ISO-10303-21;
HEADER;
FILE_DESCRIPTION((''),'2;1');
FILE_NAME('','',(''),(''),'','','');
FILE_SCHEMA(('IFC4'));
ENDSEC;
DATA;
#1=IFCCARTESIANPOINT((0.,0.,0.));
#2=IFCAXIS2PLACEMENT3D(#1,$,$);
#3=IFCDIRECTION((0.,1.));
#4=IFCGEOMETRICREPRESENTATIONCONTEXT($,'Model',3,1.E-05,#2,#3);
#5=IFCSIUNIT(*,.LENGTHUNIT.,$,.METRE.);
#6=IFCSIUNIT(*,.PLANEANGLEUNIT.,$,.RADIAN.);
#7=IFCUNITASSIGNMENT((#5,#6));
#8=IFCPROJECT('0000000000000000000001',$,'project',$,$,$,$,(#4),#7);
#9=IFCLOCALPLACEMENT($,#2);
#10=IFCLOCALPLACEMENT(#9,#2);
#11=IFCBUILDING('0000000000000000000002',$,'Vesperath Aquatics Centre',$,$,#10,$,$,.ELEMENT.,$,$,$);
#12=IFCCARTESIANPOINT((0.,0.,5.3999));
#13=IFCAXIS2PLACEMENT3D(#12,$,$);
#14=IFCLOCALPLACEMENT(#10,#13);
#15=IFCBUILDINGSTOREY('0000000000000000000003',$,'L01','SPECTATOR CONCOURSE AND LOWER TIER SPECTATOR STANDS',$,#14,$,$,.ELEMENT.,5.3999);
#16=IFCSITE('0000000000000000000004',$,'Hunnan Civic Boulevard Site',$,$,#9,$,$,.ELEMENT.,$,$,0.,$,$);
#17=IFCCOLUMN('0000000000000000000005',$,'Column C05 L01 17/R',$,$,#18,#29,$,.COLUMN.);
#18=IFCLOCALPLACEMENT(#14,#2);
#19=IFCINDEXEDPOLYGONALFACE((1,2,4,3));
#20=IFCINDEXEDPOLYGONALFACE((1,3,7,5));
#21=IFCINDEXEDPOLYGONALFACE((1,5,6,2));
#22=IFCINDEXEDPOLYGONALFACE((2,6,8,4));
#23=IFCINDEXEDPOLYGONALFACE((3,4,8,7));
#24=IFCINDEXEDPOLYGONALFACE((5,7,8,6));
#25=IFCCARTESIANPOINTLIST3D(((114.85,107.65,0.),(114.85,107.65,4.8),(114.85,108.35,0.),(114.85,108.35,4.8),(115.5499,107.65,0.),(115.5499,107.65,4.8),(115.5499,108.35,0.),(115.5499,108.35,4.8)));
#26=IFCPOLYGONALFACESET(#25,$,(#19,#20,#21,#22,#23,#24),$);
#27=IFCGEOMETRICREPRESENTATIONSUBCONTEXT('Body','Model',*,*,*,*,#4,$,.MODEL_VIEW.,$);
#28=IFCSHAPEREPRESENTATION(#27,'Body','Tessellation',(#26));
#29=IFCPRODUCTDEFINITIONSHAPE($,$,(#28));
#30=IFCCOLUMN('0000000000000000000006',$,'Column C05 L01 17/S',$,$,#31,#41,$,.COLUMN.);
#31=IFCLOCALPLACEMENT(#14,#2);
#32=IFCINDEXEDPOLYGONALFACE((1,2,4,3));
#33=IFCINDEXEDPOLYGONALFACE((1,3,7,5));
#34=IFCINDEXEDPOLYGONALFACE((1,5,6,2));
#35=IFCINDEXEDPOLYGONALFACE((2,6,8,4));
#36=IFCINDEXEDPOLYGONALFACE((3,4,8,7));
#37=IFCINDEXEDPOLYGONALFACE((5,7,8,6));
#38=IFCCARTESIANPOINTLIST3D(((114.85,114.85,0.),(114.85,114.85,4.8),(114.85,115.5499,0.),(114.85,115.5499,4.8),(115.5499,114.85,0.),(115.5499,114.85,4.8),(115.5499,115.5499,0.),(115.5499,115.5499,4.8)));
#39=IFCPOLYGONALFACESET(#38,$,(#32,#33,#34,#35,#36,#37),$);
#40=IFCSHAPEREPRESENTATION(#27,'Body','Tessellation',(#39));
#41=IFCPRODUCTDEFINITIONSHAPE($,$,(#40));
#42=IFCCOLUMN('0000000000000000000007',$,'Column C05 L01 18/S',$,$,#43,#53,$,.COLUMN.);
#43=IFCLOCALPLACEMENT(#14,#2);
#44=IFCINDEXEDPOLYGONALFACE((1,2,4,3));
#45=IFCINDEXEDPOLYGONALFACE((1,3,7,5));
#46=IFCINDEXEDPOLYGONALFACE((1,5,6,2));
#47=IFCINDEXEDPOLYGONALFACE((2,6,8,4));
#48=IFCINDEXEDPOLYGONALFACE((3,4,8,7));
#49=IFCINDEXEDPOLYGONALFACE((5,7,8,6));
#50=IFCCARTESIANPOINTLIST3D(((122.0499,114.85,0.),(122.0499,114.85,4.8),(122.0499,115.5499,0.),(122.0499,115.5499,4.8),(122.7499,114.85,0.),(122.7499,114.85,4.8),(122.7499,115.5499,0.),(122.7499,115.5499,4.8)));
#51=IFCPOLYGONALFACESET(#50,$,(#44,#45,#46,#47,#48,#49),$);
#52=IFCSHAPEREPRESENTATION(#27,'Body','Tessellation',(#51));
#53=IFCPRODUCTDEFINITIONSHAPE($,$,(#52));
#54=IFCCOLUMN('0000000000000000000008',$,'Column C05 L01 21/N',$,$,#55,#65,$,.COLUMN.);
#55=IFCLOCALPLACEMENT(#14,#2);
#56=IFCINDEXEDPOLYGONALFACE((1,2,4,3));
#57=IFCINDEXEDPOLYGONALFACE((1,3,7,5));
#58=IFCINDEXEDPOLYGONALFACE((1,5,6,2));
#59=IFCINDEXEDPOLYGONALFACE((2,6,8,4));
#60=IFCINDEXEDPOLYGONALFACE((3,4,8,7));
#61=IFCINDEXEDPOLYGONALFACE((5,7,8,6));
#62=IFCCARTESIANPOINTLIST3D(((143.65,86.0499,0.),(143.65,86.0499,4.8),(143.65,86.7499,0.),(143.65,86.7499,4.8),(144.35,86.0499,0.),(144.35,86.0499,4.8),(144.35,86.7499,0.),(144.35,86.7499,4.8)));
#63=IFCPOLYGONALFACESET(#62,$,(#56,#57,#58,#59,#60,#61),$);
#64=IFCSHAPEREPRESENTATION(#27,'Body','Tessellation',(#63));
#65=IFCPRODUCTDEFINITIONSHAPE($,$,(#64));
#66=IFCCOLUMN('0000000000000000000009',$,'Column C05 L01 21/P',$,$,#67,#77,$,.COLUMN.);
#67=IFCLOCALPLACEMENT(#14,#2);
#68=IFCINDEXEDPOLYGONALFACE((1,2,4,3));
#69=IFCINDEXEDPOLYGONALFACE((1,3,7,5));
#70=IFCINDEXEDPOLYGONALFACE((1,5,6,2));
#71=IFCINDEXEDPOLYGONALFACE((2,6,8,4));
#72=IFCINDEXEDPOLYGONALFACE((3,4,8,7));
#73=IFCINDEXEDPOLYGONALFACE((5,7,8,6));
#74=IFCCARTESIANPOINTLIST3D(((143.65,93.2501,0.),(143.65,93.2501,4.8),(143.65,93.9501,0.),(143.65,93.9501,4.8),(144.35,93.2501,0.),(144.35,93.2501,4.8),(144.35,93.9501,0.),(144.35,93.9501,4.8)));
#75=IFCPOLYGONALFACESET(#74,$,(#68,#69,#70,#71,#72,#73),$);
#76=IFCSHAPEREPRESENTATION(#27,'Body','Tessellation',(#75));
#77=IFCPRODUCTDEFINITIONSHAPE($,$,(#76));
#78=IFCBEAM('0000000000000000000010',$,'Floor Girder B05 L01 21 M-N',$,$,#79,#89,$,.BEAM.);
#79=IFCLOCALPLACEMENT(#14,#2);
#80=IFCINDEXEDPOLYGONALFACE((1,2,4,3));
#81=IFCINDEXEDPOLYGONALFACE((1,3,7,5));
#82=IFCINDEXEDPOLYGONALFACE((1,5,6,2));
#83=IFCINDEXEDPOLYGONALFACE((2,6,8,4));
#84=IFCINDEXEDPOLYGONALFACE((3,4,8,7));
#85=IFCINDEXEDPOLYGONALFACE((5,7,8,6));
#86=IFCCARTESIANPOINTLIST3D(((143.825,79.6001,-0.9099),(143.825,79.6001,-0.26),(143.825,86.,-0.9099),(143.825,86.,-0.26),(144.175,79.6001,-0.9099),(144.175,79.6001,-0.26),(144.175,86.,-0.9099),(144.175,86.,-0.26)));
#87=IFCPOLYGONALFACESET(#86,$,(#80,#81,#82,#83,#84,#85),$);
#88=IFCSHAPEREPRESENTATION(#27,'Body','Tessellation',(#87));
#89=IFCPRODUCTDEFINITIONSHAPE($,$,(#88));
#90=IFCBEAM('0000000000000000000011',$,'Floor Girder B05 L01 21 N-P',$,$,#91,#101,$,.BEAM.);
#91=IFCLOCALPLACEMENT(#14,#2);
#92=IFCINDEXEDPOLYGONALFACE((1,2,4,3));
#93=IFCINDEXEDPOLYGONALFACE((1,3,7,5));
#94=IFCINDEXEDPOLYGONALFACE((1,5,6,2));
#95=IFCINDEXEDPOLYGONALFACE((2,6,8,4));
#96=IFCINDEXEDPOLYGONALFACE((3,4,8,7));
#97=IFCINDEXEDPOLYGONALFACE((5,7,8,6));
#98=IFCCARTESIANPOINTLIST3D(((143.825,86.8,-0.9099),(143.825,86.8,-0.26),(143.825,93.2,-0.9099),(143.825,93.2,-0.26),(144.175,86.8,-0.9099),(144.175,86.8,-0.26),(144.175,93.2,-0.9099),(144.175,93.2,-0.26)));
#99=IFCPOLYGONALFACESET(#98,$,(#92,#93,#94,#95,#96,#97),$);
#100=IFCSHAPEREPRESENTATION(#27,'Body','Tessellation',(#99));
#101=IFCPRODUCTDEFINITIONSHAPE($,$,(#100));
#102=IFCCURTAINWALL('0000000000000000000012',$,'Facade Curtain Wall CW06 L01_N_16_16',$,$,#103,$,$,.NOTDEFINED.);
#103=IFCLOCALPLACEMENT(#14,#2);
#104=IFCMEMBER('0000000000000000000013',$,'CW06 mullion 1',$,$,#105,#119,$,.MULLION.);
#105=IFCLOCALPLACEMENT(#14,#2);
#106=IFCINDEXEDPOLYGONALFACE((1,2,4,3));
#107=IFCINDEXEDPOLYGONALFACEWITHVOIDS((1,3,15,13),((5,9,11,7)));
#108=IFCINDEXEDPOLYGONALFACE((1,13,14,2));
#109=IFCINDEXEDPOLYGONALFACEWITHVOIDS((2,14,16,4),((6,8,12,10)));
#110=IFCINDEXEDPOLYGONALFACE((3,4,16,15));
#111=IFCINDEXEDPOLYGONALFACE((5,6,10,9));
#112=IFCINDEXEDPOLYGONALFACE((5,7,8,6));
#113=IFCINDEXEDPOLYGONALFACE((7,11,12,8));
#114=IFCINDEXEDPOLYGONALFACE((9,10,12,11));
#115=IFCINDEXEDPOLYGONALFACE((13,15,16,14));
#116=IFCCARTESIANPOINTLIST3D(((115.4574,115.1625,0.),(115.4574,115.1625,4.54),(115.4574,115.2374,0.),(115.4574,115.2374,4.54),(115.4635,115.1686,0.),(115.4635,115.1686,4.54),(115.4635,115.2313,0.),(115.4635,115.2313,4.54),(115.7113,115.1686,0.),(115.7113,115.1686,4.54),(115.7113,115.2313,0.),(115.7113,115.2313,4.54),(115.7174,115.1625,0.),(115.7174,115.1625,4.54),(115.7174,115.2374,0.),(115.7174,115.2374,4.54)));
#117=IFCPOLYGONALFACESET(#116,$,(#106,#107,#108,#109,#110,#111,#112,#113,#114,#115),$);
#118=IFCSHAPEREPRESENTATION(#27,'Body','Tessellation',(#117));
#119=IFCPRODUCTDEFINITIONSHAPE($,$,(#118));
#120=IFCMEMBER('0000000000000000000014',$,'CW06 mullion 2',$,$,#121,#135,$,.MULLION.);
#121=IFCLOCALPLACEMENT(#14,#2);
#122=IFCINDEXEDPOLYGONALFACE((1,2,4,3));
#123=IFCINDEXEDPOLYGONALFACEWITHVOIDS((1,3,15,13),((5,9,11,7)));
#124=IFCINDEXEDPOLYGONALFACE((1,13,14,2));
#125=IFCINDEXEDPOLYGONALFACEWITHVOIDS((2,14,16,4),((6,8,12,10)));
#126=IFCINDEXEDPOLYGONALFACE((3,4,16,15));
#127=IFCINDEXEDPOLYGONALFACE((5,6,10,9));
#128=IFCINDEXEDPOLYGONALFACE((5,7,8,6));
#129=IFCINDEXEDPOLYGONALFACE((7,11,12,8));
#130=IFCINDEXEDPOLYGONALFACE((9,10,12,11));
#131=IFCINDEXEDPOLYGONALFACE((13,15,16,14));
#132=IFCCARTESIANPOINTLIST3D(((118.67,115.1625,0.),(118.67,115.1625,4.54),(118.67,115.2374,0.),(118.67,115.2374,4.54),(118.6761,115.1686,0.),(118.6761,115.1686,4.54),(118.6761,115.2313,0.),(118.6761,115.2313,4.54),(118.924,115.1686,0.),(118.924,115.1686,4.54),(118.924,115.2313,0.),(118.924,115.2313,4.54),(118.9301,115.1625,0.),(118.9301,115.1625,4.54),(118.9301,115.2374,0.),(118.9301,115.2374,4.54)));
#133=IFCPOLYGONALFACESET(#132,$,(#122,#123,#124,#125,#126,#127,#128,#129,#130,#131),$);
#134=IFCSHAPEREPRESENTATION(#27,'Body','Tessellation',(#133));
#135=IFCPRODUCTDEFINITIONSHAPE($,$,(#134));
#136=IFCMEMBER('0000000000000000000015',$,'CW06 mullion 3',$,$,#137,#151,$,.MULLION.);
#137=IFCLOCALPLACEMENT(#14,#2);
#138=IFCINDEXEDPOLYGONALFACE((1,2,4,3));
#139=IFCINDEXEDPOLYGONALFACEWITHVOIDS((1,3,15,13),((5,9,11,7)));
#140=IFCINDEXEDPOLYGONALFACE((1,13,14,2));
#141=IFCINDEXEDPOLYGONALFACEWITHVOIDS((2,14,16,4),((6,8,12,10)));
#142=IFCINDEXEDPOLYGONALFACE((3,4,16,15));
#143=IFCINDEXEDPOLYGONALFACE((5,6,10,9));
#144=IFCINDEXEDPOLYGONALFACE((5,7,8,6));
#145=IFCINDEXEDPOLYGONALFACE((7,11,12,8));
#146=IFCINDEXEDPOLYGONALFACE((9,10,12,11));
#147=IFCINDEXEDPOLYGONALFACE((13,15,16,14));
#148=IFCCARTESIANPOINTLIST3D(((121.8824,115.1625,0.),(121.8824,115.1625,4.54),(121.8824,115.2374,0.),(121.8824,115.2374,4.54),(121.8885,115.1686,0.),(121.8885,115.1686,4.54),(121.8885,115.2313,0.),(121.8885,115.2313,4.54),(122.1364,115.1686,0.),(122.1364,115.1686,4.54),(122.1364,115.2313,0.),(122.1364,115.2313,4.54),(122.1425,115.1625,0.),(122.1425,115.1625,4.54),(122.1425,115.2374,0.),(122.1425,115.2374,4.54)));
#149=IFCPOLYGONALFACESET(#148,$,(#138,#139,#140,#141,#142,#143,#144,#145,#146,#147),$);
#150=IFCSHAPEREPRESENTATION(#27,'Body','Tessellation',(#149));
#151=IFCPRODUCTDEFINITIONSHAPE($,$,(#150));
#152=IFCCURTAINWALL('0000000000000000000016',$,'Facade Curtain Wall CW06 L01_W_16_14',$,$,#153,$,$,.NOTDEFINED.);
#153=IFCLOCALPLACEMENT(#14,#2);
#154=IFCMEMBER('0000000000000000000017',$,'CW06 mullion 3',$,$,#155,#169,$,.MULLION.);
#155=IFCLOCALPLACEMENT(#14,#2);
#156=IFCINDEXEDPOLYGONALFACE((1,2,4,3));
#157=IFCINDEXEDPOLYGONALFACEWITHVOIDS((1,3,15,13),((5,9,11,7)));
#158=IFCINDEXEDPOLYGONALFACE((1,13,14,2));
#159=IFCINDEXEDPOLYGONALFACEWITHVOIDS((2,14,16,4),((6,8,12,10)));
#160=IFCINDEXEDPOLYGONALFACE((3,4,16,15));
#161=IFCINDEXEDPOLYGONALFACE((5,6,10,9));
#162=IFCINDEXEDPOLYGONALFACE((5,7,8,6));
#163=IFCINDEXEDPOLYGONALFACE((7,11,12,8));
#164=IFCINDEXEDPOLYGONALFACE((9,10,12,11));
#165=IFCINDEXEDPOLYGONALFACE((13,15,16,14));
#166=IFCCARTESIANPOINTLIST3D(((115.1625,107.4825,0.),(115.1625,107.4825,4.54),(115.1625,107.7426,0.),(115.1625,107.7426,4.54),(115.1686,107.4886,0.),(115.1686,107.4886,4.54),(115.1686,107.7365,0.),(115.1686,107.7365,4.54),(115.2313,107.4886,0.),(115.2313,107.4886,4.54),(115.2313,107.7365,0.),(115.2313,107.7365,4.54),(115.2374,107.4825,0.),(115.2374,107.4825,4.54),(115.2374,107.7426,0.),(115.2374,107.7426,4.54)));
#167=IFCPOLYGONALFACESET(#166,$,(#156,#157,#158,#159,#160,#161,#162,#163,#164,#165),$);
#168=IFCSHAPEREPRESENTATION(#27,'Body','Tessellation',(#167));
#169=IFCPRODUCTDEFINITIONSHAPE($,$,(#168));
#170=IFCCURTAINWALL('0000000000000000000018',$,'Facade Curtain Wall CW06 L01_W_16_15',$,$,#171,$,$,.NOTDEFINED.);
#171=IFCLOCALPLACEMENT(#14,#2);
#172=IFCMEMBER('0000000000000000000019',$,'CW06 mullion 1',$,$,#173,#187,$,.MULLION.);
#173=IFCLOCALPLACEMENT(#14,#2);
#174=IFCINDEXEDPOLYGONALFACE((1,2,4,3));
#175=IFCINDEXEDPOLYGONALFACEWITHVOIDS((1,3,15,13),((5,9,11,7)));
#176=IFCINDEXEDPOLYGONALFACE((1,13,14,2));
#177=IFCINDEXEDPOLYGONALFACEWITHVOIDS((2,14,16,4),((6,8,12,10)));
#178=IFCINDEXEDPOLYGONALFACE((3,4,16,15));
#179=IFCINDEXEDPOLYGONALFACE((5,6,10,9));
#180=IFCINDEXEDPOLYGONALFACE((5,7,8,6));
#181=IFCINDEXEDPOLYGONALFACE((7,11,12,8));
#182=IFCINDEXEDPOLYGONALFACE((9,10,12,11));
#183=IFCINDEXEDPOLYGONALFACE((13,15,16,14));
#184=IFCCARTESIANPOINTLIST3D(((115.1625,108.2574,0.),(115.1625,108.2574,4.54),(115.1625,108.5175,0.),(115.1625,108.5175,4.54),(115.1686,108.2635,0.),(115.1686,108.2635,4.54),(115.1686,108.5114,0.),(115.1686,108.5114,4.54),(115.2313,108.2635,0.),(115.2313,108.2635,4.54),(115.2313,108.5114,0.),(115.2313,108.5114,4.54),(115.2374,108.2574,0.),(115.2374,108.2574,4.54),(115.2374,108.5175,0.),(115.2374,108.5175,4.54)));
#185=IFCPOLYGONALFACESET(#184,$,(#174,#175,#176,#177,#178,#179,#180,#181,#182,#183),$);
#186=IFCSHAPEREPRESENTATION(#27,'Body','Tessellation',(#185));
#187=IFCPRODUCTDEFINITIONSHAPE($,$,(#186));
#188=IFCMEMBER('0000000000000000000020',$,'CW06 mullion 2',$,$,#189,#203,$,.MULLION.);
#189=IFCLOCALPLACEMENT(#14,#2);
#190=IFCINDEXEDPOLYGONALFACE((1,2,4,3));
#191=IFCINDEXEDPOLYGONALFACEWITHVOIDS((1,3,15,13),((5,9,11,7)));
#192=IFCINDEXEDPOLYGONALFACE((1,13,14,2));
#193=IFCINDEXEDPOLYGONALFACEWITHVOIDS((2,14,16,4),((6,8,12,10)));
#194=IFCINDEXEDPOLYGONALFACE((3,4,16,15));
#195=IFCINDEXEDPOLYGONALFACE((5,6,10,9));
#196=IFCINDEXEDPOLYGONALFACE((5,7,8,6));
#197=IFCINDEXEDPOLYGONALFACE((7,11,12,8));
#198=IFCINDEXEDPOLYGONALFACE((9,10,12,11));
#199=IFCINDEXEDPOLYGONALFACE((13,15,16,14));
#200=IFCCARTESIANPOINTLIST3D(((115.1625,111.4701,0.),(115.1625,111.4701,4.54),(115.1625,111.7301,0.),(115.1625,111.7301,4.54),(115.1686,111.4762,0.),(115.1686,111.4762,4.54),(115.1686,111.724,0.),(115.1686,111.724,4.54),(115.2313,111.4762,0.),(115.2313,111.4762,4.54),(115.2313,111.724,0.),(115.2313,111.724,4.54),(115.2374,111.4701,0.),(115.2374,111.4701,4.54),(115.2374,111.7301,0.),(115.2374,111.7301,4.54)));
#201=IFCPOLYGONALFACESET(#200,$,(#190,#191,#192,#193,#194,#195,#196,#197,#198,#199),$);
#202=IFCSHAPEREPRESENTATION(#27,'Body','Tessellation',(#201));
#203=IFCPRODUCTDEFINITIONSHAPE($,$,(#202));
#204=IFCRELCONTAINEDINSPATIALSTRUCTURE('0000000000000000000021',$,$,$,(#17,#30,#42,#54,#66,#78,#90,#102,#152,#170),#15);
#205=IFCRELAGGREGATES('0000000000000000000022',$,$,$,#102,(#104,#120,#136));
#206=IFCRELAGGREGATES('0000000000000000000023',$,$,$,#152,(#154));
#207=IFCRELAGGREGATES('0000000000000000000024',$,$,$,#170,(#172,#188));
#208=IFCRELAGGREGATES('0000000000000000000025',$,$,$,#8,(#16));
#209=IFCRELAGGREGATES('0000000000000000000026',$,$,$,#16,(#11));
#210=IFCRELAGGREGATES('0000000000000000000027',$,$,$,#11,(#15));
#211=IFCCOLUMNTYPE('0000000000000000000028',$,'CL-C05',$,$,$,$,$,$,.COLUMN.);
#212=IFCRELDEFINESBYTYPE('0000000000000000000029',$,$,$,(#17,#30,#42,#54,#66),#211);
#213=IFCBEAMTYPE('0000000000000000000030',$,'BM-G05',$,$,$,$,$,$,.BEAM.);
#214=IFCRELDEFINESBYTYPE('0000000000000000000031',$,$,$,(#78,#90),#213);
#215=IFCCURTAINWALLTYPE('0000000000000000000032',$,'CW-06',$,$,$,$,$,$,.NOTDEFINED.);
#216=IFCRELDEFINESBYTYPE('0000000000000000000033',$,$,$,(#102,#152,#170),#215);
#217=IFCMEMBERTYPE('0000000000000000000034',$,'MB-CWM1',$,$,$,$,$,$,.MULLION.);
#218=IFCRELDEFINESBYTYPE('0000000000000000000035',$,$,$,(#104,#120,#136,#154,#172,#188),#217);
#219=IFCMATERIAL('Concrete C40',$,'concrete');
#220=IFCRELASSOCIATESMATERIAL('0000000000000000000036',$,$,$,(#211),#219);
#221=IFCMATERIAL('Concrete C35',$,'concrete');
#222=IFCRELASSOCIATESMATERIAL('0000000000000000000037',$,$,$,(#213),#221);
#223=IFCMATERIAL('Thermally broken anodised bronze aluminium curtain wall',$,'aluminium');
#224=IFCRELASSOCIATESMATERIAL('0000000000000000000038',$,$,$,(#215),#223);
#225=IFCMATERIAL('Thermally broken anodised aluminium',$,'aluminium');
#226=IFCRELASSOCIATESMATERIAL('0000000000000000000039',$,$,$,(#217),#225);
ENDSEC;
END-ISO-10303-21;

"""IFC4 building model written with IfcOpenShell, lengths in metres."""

from ifc_helpers import new_model, si_unit, direction, frame, origin, origin_2d, place, context, subcontext, project, spatial, rectangle, hollow_rectangle, extrude, material, material_profile, profile_set, type_object, element, aggregate, save


model = new_model("IFC4")

# Units and contexts
model_context = context("Model", 3, precision=1e-05, world=origin(), true_north=direction((0.0, 1.0)))
body_context = subcontext(model_context, "Body", "Model", "MODEL_VIEW")
ifc_project = project(units=[si_unit("LENGTHUNIT", "METRE"), si_unit("PLANEANGLEUNIT", "RADIAN")], contexts=[model_context])

# Site, building, storey
site_placement = place(None, origin())
site = spatial("IfcSite", under=ifc_project, at=site_placement, Name="Hunnan Civic Boulevard Site", CompositionType="ELEMENT", RefElevation=0.0)
building_placement = place(site_placement, origin())
building = spatial("IfcBuilding", under=site, at=building_placement, Name="Vesperath Aquatics Centre", CompositionType="ELEMENT")
storey_placement = place(building_placement, frame((0.0, 0.0, 5.3999)))
storey = spatial("IfcBuildingStorey", under=building, at=storey_placement, Name="L01", Description="SPECTATOR CONCOURSE AND LOWER TIER SPECTATOR STANDS", CompositionType="ELEMENT", Elevation=5.3999)

# Columns
ifc_material_1 = material(Name="Concrete C40", Category="concrete")
ifc_material_profile_1 = material_profile(ifc_material_1, rectangle(XDim=0.7, YDim=0.7, at=origin_2d()), Name="RC 700x700")
ifc_profile_set_1 = profile_set([ifc_material_profile_1], Name="Concrete C40")
column_type = type_object("IfcColumnType", Name="CL-C05", PredefinedType="COLUMN", material=ifc_profile_set_1)
for number, where, z_axis, x_axis, name in (
    (1, (115.2, 108.0, 0.0), (0.0, 0.0, 1.0), (1.0, 0.0, 0.0), "Column C05 L01 17/R"),
    (2, (115.2, 115.2, 0.0), (0.0, 0.0, 1.0), (1.0, 0.0, 0.0), "Column C05 L01 17/S"),
    (3, (122.3999, 115.2, 0.0), (0.0, 0.0, 1.0), (1.0, 0.0, 0.0), "Column C05 L01 18/S"),
    (4, (144.0, 86.3999, 0.0), (0.0, 0.0, 1.0), (1.0, 0.0, 0.0), "Column C05 L01 21/N"),
    (5, (144.0, 93.6001, 0.0), (0.0, 0.0, 1.0), (1.0, 0.0, 0.0), "Column C05 L01 21/P"),
):
    element("IfcColumn", number, at=place(storey_placement, frame(where, z_axis=z_axis, x_axis=x_axis)), inside=storey, type_object=column_type, Name=name, PredefinedType="COLUMN", context=body_context, shape_type="SweptSolid", body=[
        extrude(rectangle(XDim=0.7, YDim=0.7, at=origin_2d()), origin(), (0.0, 0.0, 1.0), 4.8),
    ])

# Beams
ifc_material_2 = material(Name="Concrete C35", Category="concrete")
ifc_material_profile_2 = material_profile(ifc_material_2, rectangle(XDim=0.3501, YDim=0.6499, at=origin_2d()), Name="RC 350x650")
ifc_profile_set_2 = profile_set([ifc_material_profile_2], Name="Concrete C35")
beam_type = type_object("IfcBeamType", Name="BM-G05", PredefinedType="BEAM", material=ifc_profile_set_2)
for number, where, z_axis, x_axis, name in (
    (6, (144.0, 79.6001, -0.585), (0.0, 1.0, 0.0), (-1.0, 0.0, 0.0), "Floor Girder B05 L01 21 M-N"),
    (7, (144.0, 86.8, -0.585), (0.0, 1.0, 0.0), (-1.0, 0.0, 0.0), "Floor Girder B05 L01 21 N-P"),
):
    element("IfcBeam", number, at=place(storey_placement, frame(where, z_axis=z_axis, x_axis=x_axis)), inside=storey, type_object=beam_type, Name=name, PredefinedType="BEAM", context=body_context, shape_type="SweptSolid", body=[
        extrude(rectangle(XDim=0.3501, YDim=0.6499, at=origin_2d()), origin(), (0.0, 0.0, 1.0), 6.3999),
    ])

# Curtain wall, members
ifc_material_3 = material(Name="Thermally broken anodised bronze aluminium curtain wall", Category="aluminium")
curtain_wall_type = type_object("IfcCurtainWallType", Name="CW-06", PredefinedType="NOTDEFINED", material=ifc_material_3)
curtain_wall_1_placement = place(storey_placement, origin())
curtain_wall_1 = element("IfcCurtainWall", 8, at=curtain_wall_1_placement, inside=storey, type_object=curtain_wall_type, Name="Facade Curtain Wall CW06 L01_N_16_16", PredefinedType="NOTDEFINED")
ifc_material_4 = material(Name="Thermally broken anodised aluminium", Category="aluminium")
ifc_material_profile_3 = material_profile(ifc_material_4, hollow_rectangle(XDim=0.075, YDim=0.26, WallThickness=0.0061, at=origin_2d()), Name="CWM 75x260x6")
ifc_profile_set_3 = profile_set([ifc_material_profile_3], Name="Thermally broken anodised aluminium")
member_type_1 = type_object("IfcMemberType", Name="MB-CWM1", PredefinedType="MULLION", material=ifc_profile_set_3)
member_1_placement = place(storey_placement, frame((115.5874, 115.2, 0.0), z_axis=(0.0, 0.0, 1.0), x_axis=(0.0, 1.0, 0.0)))
member_1 = element("IfcMember", 9, at=member_1_placement, type_object=member_type_1, Name="CW06 mullion 1", PredefinedType="MULLION", context=body_context, shape_type="SweptSolid", body=[
    extrude(hollow_rectangle(XDim=0.075, YDim=0.26, WallThickness=0.0061, at=origin_2d()), origin(), (0.0, 0.0, 1.0), 4.54),
])
member_2_placement = place(storey_placement, frame((118.8, 115.2, 0.0), z_axis=(0.0, 0.0, 1.0), x_axis=(0.0, 1.0, 0.0)))
member_2 = element("IfcMember", 10, at=member_2_placement, type_object=member_type_1, Name="CW06 mullion 2", PredefinedType="MULLION", context=body_context, shape_type="SweptSolid", body=[
    extrude(hollow_rectangle(XDim=0.075, YDim=0.26, WallThickness=0.0061, at=origin_2d()), origin(), (0.0, 0.0, 1.0), 4.54),
])
member_3_placement = place(storey_placement, frame((122.0125, 115.2, 0.0), z_axis=(0.0, 0.0, 1.0), x_axis=(0.0, 1.0, 0.0)))
member_3 = element("IfcMember", 11, at=member_3_placement, type_object=member_type_1, Name="CW06 mullion 3", PredefinedType="MULLION", context=body_context, shape_type="SweptSolid", body=[
    extrude(hollow_rectangle(XDim=0.075, YDim=0.26, WallThickness=0.0061, at=origin_2d()), origin(), (0.0, 0.0, 1.0), 4.54),
])

# Curtain wall, member
curtain_wall_2_placement = place(storey_placement, origin())
curtain_wall_2 = element("IfcCurtainWall", 12, at=curtain_wall_2_placement, inside=storey, type_object=curtain_wall_type, Name="Facade Curtain Wall CW06 L01_W_16_14", PredefinedType="NOTDEFINED")
member_4_placement = place(storey_placement, frame((115.2, 107.6125, 0.0), z_axis=(0.0, 0.0, 1.0), x_axis=(-1.0, 0.0, 0.0)))
member_4 = element("IfcMember", 13, at=member_4_placement, type_object=member_type_1, Name="CW06 mullion 3", PredefinedType="MULLION", context=body_context, shape_type="SweptSolid", body=[
    extrude(hollow_rectangle(XDim=0.075, YDim=0.26, WallThickness=0.0061, at=origin_2d()), origin(), (0.0, 0.0, 1.0), 4.54),
])

# Curtain wall, members
curtain_wall_3_placement = place(storey_placement, origin())
curtain_wall_3 = element("IfcCurtainWall", 14, at=curtain_wall_3_placement, inside=storey, type_object=curtain_wall_type, Name="Facade Curtain Wall CW06 L01_W_16_15", PredefinedType="NOTDEFINED")
member_5_placement = place(storey_placement, frame((115.2, 108.3875, 0.0), z_axis=(0.0, 0.0, 1.0), x_axis=(-1.0, 0.0, 0.0)))
member_5 = element("IfcMember", 15, at=member_5_placement, type_object=member_type_1, Name="CW06 mullion 1", PredefinedType="MULLION", context=body_context, shape_type="SweptSolid", body=[
    extrude(hollow_rectangle(XDim=0.075, YDim=0.26, WallThickness=0.0061, at=origin_2d()), origin(), (0.0, 0.0, 1.0), 4.54),
])
member_6_placement = place(storey_placement, frame((115.2, 111.6001, 0.0), z_axis=(0.0, 0.0, 1.0), x_axis=(-1.0, 0.0, 0.0)))
member_6 = element("IfcMember", 16, at=member_6_placement, type_object=member_type_1, Name="CW06 mullion 2", PredefinedType="MULLION", context=body_context, shape_type="SweptSolid", body=[
    extrude(hollow_rectangle(XDim=0.075, YDim=0.26, WallThickness=0.0061, at=origin_2d()), origin(), (0.0, 0.0, 1.0), 4.54),
])

aggregate(curtain_wall_1, [member_1, member_2, member_3])
aggregate(curtain_wall_2, [member_4])
aggregate(curtain_wall_3, [member_5, member_6])

save(model, "model.ifc")
